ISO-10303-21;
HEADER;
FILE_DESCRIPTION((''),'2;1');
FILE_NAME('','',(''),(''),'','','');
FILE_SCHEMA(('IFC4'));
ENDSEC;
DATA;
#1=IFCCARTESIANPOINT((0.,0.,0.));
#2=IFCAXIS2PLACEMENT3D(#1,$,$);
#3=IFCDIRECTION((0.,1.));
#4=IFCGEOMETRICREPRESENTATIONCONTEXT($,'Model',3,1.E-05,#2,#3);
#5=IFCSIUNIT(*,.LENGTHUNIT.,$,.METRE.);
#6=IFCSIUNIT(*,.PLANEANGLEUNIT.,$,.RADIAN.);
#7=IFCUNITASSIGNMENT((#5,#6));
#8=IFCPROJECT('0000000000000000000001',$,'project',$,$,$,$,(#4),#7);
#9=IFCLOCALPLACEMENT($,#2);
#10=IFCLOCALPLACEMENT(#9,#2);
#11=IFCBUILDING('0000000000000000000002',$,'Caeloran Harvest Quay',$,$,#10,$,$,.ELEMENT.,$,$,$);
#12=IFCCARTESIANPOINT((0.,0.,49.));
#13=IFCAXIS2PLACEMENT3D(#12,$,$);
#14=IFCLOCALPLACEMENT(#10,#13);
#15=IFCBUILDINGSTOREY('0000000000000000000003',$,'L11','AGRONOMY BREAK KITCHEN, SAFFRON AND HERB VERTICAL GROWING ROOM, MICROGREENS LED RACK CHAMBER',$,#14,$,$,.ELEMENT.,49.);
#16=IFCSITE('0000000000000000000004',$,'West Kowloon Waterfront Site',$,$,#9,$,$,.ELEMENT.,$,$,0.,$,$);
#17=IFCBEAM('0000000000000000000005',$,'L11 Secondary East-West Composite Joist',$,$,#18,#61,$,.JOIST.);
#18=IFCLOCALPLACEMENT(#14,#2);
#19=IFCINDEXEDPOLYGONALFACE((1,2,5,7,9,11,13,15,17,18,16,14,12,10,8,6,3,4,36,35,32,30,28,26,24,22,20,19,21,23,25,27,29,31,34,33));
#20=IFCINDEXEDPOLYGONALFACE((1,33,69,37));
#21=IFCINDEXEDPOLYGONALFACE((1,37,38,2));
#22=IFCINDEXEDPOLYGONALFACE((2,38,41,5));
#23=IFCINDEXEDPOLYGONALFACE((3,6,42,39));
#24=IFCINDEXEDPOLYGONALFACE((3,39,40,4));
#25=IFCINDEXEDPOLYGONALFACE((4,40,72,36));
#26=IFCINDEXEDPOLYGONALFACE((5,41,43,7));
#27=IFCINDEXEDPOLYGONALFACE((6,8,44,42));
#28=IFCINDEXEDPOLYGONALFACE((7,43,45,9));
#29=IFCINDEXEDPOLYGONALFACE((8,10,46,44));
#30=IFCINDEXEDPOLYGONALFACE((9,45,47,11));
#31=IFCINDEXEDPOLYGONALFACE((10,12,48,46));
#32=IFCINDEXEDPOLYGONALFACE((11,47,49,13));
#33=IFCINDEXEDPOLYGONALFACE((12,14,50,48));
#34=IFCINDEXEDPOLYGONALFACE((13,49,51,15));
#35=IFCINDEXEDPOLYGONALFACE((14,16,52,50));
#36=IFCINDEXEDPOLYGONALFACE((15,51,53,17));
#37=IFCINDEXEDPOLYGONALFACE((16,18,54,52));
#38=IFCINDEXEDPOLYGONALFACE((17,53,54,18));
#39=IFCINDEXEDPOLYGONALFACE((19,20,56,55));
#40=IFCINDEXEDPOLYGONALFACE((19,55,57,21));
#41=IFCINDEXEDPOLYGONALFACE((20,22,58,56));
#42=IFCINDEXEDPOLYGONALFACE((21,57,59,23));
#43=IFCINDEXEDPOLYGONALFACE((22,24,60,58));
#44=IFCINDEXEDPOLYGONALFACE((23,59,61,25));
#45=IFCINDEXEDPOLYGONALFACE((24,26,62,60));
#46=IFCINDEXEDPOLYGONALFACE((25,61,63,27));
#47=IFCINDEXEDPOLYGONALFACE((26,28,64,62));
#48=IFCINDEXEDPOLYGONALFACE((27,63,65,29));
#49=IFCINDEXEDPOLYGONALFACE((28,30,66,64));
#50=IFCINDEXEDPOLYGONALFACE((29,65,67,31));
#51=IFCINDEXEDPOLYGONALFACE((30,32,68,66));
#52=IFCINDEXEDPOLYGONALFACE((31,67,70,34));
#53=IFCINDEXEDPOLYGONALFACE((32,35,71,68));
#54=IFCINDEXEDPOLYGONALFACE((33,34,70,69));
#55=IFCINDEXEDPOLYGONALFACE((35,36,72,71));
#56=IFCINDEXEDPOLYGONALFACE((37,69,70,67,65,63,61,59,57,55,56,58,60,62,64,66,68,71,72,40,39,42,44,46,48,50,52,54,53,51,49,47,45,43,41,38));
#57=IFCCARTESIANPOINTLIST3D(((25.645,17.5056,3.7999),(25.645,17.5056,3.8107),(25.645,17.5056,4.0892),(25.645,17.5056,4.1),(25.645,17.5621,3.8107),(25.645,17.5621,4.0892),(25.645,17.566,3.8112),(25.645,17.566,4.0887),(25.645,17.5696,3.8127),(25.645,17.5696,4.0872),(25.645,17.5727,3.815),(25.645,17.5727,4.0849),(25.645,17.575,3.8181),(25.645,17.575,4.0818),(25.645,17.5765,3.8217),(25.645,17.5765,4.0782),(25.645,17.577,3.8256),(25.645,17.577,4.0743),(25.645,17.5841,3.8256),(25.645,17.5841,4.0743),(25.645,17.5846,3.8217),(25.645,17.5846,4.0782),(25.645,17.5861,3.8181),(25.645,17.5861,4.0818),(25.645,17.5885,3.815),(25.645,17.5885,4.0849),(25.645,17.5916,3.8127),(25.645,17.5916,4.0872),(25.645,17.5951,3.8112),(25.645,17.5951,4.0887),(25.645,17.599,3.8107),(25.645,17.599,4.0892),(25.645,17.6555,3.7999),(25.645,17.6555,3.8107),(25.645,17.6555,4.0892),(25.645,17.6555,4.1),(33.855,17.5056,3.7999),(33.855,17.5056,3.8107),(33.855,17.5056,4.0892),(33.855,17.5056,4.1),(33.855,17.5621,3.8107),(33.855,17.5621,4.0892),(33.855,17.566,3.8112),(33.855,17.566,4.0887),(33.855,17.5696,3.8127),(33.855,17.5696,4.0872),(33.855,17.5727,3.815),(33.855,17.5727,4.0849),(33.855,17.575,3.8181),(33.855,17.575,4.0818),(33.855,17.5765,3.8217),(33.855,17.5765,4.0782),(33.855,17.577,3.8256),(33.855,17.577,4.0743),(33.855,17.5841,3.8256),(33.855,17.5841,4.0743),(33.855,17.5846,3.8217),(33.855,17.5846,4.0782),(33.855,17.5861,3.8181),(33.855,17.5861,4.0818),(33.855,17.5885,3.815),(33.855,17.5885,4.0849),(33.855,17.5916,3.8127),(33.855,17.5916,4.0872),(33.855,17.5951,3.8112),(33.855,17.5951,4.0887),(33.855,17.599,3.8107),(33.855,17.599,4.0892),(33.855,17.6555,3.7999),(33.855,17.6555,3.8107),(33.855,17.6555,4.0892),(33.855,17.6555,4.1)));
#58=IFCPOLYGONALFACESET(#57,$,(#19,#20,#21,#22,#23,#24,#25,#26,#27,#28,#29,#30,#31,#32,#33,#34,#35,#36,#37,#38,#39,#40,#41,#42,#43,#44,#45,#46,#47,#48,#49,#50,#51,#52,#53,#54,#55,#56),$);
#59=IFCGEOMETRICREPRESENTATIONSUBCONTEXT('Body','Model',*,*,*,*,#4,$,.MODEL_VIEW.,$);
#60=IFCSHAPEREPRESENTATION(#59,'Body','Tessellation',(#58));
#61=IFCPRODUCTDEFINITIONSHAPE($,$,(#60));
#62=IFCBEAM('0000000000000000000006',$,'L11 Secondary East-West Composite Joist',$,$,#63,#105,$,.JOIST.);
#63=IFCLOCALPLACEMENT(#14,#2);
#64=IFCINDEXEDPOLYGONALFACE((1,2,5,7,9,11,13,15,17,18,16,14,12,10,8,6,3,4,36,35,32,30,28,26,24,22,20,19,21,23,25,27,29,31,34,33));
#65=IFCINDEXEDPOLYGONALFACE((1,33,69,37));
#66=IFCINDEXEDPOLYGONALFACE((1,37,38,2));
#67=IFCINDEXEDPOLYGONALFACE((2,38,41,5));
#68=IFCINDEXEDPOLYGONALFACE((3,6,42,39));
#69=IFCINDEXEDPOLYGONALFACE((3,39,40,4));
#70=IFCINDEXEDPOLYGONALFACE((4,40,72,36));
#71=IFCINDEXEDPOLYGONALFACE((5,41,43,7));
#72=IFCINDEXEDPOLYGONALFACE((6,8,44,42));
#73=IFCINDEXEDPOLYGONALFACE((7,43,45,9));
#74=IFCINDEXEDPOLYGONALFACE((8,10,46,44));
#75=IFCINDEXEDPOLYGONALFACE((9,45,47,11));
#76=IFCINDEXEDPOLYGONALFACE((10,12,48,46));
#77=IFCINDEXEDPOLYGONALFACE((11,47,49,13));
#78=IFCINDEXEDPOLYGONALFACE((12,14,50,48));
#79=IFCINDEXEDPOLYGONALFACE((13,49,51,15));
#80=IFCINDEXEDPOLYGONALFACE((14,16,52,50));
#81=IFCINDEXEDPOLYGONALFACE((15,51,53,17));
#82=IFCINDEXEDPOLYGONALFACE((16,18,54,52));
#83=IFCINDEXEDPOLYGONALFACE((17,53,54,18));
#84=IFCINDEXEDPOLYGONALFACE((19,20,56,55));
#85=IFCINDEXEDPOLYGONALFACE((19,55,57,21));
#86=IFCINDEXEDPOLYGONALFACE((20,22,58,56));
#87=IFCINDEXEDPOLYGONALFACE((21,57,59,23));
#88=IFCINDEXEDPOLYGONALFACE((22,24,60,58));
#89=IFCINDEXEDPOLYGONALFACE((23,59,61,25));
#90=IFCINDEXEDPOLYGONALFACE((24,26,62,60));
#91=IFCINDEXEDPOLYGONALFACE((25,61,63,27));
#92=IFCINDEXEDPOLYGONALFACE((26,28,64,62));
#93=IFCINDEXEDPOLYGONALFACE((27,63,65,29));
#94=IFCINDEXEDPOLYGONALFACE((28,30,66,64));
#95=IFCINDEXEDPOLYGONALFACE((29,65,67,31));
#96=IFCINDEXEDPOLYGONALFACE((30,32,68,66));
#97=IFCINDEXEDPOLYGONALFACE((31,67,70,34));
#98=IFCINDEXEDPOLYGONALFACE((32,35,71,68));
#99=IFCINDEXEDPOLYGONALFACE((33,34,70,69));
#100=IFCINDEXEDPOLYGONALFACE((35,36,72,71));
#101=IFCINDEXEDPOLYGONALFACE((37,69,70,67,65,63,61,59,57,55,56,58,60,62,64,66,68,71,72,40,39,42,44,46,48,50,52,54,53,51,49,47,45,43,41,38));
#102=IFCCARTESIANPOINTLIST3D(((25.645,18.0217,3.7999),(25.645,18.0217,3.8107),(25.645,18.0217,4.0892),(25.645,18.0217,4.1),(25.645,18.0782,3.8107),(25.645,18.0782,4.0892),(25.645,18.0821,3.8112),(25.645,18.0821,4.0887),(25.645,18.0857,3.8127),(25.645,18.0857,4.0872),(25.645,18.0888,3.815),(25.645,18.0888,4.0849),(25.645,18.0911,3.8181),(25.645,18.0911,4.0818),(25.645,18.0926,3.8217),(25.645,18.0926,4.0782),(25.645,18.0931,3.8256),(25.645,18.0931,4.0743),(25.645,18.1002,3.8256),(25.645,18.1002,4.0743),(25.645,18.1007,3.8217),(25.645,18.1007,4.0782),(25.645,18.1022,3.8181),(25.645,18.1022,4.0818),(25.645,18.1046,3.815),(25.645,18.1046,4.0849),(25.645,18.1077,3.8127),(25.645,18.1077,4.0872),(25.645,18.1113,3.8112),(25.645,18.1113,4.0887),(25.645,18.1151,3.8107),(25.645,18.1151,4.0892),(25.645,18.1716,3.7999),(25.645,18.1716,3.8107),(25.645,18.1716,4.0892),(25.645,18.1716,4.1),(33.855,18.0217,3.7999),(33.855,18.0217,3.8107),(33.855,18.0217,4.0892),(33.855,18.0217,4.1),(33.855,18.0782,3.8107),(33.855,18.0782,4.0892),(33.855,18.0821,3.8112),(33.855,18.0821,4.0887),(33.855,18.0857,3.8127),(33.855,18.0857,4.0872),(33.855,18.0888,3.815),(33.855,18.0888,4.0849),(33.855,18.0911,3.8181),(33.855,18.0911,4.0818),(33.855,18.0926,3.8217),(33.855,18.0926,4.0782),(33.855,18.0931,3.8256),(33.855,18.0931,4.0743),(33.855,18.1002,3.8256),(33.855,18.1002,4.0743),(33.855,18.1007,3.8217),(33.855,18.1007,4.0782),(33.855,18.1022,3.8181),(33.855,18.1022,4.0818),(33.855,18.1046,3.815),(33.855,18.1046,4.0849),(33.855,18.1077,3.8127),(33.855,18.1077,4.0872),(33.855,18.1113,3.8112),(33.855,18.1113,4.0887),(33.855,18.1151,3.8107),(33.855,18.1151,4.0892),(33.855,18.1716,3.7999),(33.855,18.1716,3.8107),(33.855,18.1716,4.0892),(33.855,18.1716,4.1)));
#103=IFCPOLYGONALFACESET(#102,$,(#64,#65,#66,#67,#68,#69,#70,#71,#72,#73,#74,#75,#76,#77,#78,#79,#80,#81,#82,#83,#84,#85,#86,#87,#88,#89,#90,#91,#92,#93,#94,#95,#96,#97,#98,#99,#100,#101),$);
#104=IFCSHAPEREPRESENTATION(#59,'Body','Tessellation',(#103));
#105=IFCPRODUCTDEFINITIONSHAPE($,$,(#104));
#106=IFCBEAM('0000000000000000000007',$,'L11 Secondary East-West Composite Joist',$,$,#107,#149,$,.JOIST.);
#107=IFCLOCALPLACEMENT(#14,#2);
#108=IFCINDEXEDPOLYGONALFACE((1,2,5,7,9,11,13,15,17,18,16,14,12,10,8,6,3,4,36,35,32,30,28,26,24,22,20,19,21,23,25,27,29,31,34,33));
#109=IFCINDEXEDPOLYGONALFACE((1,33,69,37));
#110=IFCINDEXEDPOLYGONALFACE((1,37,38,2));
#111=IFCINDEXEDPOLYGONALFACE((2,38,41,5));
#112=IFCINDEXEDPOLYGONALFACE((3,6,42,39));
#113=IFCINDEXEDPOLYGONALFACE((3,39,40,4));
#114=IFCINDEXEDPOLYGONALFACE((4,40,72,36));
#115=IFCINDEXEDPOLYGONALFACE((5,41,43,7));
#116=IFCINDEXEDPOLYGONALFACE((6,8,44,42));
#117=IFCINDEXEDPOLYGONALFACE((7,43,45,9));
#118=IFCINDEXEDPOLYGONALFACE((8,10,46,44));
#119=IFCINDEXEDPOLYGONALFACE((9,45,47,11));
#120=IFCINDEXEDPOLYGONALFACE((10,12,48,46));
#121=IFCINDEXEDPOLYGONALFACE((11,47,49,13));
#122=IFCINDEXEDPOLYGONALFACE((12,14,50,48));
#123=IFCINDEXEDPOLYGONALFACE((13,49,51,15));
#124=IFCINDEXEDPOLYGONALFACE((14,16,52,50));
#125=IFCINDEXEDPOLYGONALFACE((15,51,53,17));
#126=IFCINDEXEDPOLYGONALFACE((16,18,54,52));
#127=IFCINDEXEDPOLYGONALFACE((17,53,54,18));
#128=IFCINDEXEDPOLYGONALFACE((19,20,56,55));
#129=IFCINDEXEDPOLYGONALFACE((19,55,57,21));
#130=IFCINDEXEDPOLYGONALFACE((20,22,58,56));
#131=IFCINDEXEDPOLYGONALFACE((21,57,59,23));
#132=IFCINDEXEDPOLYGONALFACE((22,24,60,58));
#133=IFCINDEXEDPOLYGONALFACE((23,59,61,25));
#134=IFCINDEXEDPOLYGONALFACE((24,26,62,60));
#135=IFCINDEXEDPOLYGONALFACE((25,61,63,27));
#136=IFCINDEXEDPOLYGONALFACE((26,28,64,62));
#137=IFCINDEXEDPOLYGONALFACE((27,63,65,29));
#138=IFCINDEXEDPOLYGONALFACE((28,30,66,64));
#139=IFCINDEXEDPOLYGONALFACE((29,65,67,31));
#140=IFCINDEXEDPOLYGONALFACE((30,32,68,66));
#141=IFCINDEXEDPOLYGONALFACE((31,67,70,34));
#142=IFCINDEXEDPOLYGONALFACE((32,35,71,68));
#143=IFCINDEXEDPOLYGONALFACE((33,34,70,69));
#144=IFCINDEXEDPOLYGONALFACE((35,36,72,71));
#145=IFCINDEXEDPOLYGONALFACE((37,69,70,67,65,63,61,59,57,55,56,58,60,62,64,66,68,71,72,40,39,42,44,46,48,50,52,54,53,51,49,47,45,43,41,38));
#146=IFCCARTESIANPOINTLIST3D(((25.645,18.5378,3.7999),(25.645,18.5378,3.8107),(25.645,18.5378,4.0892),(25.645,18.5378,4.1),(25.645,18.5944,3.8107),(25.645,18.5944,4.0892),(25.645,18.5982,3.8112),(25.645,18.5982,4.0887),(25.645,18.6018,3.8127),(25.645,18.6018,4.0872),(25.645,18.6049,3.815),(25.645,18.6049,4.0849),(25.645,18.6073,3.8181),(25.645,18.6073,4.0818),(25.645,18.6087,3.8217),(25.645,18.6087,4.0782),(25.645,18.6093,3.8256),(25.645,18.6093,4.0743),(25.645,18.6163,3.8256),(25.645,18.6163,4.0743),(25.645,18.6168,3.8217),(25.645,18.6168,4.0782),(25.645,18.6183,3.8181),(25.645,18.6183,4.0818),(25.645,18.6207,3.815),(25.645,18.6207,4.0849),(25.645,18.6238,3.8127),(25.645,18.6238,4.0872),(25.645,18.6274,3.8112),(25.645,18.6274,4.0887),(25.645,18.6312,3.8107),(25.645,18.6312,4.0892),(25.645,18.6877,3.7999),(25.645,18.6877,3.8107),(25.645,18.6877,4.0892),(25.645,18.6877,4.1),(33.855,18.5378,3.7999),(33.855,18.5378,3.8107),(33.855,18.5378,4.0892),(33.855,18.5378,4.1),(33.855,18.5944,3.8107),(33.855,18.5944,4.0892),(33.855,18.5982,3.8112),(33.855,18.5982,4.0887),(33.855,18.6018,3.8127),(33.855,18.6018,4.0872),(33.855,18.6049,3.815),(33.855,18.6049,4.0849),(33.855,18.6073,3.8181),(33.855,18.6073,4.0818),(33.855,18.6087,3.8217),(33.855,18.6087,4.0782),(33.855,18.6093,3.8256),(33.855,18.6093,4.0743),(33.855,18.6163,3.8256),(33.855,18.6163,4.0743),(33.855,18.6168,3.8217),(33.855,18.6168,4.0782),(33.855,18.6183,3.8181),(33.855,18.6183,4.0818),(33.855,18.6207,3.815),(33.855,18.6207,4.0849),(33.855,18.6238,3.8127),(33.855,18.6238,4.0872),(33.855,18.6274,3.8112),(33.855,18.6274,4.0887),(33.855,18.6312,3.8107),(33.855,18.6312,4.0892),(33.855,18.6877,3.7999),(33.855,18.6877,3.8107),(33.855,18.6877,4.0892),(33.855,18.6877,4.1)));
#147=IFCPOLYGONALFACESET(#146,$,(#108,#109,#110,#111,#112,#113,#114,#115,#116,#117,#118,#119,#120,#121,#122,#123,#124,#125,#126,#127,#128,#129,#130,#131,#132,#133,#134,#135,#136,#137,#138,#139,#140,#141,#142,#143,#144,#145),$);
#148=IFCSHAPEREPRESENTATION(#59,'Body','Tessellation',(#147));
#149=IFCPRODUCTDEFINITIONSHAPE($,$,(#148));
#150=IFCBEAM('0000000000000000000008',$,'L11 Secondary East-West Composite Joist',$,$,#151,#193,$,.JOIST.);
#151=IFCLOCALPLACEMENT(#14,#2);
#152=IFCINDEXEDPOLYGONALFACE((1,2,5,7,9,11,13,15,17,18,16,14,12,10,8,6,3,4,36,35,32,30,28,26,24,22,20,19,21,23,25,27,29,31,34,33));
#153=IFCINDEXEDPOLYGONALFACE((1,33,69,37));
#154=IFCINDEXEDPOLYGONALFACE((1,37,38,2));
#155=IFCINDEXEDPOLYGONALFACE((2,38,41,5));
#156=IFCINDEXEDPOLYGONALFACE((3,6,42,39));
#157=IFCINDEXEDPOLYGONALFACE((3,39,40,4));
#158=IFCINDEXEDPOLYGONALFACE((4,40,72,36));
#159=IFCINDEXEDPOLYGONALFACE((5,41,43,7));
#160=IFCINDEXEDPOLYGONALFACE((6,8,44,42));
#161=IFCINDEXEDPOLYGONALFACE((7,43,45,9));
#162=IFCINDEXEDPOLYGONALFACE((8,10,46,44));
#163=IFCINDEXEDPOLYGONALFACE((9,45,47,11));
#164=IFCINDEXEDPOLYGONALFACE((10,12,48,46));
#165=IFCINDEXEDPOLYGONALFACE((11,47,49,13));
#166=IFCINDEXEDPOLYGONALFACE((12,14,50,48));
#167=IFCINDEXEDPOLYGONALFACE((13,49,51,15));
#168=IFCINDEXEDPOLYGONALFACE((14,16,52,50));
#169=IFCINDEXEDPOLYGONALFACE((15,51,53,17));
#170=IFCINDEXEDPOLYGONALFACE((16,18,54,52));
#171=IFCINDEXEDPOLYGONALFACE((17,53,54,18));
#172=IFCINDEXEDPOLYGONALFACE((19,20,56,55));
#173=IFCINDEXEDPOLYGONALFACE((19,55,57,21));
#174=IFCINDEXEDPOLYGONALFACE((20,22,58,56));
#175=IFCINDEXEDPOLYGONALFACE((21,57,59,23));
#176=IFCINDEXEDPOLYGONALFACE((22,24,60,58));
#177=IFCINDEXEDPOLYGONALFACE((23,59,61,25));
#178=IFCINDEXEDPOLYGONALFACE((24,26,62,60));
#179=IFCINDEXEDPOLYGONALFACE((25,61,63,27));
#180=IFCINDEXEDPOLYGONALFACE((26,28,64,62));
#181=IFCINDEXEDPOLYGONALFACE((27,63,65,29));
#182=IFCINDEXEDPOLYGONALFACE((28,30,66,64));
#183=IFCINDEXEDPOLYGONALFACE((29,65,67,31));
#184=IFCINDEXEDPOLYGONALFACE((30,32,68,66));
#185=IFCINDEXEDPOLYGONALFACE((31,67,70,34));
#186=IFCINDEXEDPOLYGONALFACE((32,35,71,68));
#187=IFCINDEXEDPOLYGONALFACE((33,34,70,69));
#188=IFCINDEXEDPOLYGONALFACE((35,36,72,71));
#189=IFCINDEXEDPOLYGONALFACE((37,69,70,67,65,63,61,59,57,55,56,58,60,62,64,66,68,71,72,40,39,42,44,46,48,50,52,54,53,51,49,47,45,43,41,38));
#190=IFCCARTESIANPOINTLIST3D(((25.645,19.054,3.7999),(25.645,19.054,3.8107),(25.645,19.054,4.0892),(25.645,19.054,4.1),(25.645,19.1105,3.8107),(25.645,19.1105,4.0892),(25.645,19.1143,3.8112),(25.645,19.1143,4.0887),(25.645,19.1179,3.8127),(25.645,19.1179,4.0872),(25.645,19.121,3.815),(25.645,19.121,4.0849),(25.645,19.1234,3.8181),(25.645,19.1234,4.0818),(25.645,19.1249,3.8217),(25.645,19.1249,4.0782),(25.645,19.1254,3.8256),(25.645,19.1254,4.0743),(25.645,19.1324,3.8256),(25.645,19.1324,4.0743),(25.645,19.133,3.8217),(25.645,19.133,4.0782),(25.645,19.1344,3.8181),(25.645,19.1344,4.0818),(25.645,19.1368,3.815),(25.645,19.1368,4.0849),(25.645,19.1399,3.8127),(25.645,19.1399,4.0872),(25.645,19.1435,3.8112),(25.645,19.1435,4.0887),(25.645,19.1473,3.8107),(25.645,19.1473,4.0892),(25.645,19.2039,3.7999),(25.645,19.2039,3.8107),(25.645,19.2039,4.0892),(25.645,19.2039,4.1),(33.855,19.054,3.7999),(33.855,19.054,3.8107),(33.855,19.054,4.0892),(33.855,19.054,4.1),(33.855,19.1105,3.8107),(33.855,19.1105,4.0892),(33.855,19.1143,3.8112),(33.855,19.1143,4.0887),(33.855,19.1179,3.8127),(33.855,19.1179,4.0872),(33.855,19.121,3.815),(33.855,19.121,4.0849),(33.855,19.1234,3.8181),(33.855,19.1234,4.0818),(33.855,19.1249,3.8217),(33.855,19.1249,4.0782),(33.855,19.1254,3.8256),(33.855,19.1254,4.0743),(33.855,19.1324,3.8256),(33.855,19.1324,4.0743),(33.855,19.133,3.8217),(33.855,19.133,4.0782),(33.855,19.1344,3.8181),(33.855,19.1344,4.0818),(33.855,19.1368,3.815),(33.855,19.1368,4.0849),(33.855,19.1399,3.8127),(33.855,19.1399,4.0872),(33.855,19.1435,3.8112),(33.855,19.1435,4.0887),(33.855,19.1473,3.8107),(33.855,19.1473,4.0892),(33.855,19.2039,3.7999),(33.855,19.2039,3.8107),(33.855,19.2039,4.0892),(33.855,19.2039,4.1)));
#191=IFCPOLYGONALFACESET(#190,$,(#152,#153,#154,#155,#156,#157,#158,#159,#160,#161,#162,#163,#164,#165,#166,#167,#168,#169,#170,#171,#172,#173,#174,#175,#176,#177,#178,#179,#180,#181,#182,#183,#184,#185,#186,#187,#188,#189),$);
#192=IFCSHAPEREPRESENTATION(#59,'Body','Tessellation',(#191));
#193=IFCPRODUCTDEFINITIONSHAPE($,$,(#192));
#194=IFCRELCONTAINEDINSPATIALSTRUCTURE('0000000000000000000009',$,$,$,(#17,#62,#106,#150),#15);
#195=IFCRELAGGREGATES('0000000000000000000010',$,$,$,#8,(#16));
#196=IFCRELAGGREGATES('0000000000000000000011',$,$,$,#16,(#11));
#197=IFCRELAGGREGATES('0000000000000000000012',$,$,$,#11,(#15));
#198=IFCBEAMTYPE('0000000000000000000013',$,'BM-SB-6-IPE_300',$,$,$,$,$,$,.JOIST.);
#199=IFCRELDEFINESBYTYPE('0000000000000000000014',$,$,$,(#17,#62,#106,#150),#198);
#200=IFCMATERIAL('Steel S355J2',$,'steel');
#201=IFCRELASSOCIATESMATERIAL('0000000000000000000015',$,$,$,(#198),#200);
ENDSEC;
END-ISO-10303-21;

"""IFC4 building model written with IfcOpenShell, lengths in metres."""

from ifc_helpers import new_model, si_unit, direction, frame, origin, origin_2d, place, context, subcontext, project, spatial, i_section, extrude, material, material_profile, profile_set, type_object, element, save


model = new_model("IFC4")

# Units and contexts
model_context = context("Model", 3, precision=1e-05, world=origin(), true_north=direction((0.0, 1.0)))
body_context = subcontext(model_context, "Body", "Model", "MODEL_VIEW")
ifc_project = project(units=[si_unit("LENGTHUNIT", "METRE"), si_unit("PLANEANGLEUNIT", "RADIAN")], contexts=[model_context])

# Site, building, storey
site_placement = place(None, origin())
site = spatial("IfcSite", under=ifc_project, at=site_placement, Name="West Kowloon Waterfront Site", CompositionType="ELEMENT", RefElevation=0.0)
building_placement = place(site_placement, origin())
building = spatial("IfcBuilding", under=site, at=building_placement, Name="Caeloran Harvest Quay", CompositionType="ELEMENT")
storey_placement = place(building_placement, frame((0.0, 0.0, 49.0)))
storey = spatial("IfcBuildingStorey", under=building, at=storey_placement, Name="L11", Description="AGRONOMY BREAK KITCHEN, SAFFRON AND HERB VERTICAL GROWING ROOM, MICROGREENS LED RACK CHAMBER", CompositionType="ELEMENT", Elevation=49.0)

# Beams
ifc_material_1 = material(Name="Steel S355J2", Category="steel")
ifc_material_profile_1 = material_profile(ifc_material_1, i_section(OverallWidth=0.1499, OverallDepth=0.3, WebThickness=0.0071, FlangeThickness=0.0107, FilletRadius=0.0149, at=origin_2d()), Name="IPE 300")
ifc_profile_set_1 = profile_set([ifc_material_profile_1], Name="Steel S355J2")
beam_type_1 = type_object("IfcBeamType", Name="BM-SB-6-IPE_300", PredefinedType="JOIST", material=ifc_profile_set_1)
for number, where, z_axis, x_axis, name in (
    (1, (25.645, 17.5806, 3.95), (1.0, 0.0, 0.0), (0.0, 1.0, 0.0), "L11 Secondary East-West Composite Joist"),
    (2, (25.645, 18.0967, 3.95), (1.0, 0.0, 0.0), (0.0, 1.0, 0.0), "L11 Secondary East-West Composite Joist"),
    (3, (25.645, 18.6128, 3.95), (1.0, 0.0, 0.0), (0.0, 1.0, 0.0), "L11 Secondary East-West Composite Joist"),
    (4, (25.645, 19.1289, 3.95), (1.0, 0.0, 0.0), (0.0, 1.0, 0.0), "L11 Secondary East-West Composite Joist"),
):
    element("IfcBeam", number, at=place(storey_placement, frame(where, z_axis=z_axis, x_axis=x_axis)), inside=storey, type_object=beam_type_1, Name=name, PredefinedType="JOIST", context=body_context, shape_type="SweptSolid", body=[
        extrude(i_section(OverallWidth=0.1499, OverallDepth=0.3, WebThickness=0.0071, FlangeThickness=0.0107, FilletRadius=0.0149, at=origin_2d()), origin(), (0.0, 0.0, 1.0), 8.21),
    ])

save(model, "model.ifc")
